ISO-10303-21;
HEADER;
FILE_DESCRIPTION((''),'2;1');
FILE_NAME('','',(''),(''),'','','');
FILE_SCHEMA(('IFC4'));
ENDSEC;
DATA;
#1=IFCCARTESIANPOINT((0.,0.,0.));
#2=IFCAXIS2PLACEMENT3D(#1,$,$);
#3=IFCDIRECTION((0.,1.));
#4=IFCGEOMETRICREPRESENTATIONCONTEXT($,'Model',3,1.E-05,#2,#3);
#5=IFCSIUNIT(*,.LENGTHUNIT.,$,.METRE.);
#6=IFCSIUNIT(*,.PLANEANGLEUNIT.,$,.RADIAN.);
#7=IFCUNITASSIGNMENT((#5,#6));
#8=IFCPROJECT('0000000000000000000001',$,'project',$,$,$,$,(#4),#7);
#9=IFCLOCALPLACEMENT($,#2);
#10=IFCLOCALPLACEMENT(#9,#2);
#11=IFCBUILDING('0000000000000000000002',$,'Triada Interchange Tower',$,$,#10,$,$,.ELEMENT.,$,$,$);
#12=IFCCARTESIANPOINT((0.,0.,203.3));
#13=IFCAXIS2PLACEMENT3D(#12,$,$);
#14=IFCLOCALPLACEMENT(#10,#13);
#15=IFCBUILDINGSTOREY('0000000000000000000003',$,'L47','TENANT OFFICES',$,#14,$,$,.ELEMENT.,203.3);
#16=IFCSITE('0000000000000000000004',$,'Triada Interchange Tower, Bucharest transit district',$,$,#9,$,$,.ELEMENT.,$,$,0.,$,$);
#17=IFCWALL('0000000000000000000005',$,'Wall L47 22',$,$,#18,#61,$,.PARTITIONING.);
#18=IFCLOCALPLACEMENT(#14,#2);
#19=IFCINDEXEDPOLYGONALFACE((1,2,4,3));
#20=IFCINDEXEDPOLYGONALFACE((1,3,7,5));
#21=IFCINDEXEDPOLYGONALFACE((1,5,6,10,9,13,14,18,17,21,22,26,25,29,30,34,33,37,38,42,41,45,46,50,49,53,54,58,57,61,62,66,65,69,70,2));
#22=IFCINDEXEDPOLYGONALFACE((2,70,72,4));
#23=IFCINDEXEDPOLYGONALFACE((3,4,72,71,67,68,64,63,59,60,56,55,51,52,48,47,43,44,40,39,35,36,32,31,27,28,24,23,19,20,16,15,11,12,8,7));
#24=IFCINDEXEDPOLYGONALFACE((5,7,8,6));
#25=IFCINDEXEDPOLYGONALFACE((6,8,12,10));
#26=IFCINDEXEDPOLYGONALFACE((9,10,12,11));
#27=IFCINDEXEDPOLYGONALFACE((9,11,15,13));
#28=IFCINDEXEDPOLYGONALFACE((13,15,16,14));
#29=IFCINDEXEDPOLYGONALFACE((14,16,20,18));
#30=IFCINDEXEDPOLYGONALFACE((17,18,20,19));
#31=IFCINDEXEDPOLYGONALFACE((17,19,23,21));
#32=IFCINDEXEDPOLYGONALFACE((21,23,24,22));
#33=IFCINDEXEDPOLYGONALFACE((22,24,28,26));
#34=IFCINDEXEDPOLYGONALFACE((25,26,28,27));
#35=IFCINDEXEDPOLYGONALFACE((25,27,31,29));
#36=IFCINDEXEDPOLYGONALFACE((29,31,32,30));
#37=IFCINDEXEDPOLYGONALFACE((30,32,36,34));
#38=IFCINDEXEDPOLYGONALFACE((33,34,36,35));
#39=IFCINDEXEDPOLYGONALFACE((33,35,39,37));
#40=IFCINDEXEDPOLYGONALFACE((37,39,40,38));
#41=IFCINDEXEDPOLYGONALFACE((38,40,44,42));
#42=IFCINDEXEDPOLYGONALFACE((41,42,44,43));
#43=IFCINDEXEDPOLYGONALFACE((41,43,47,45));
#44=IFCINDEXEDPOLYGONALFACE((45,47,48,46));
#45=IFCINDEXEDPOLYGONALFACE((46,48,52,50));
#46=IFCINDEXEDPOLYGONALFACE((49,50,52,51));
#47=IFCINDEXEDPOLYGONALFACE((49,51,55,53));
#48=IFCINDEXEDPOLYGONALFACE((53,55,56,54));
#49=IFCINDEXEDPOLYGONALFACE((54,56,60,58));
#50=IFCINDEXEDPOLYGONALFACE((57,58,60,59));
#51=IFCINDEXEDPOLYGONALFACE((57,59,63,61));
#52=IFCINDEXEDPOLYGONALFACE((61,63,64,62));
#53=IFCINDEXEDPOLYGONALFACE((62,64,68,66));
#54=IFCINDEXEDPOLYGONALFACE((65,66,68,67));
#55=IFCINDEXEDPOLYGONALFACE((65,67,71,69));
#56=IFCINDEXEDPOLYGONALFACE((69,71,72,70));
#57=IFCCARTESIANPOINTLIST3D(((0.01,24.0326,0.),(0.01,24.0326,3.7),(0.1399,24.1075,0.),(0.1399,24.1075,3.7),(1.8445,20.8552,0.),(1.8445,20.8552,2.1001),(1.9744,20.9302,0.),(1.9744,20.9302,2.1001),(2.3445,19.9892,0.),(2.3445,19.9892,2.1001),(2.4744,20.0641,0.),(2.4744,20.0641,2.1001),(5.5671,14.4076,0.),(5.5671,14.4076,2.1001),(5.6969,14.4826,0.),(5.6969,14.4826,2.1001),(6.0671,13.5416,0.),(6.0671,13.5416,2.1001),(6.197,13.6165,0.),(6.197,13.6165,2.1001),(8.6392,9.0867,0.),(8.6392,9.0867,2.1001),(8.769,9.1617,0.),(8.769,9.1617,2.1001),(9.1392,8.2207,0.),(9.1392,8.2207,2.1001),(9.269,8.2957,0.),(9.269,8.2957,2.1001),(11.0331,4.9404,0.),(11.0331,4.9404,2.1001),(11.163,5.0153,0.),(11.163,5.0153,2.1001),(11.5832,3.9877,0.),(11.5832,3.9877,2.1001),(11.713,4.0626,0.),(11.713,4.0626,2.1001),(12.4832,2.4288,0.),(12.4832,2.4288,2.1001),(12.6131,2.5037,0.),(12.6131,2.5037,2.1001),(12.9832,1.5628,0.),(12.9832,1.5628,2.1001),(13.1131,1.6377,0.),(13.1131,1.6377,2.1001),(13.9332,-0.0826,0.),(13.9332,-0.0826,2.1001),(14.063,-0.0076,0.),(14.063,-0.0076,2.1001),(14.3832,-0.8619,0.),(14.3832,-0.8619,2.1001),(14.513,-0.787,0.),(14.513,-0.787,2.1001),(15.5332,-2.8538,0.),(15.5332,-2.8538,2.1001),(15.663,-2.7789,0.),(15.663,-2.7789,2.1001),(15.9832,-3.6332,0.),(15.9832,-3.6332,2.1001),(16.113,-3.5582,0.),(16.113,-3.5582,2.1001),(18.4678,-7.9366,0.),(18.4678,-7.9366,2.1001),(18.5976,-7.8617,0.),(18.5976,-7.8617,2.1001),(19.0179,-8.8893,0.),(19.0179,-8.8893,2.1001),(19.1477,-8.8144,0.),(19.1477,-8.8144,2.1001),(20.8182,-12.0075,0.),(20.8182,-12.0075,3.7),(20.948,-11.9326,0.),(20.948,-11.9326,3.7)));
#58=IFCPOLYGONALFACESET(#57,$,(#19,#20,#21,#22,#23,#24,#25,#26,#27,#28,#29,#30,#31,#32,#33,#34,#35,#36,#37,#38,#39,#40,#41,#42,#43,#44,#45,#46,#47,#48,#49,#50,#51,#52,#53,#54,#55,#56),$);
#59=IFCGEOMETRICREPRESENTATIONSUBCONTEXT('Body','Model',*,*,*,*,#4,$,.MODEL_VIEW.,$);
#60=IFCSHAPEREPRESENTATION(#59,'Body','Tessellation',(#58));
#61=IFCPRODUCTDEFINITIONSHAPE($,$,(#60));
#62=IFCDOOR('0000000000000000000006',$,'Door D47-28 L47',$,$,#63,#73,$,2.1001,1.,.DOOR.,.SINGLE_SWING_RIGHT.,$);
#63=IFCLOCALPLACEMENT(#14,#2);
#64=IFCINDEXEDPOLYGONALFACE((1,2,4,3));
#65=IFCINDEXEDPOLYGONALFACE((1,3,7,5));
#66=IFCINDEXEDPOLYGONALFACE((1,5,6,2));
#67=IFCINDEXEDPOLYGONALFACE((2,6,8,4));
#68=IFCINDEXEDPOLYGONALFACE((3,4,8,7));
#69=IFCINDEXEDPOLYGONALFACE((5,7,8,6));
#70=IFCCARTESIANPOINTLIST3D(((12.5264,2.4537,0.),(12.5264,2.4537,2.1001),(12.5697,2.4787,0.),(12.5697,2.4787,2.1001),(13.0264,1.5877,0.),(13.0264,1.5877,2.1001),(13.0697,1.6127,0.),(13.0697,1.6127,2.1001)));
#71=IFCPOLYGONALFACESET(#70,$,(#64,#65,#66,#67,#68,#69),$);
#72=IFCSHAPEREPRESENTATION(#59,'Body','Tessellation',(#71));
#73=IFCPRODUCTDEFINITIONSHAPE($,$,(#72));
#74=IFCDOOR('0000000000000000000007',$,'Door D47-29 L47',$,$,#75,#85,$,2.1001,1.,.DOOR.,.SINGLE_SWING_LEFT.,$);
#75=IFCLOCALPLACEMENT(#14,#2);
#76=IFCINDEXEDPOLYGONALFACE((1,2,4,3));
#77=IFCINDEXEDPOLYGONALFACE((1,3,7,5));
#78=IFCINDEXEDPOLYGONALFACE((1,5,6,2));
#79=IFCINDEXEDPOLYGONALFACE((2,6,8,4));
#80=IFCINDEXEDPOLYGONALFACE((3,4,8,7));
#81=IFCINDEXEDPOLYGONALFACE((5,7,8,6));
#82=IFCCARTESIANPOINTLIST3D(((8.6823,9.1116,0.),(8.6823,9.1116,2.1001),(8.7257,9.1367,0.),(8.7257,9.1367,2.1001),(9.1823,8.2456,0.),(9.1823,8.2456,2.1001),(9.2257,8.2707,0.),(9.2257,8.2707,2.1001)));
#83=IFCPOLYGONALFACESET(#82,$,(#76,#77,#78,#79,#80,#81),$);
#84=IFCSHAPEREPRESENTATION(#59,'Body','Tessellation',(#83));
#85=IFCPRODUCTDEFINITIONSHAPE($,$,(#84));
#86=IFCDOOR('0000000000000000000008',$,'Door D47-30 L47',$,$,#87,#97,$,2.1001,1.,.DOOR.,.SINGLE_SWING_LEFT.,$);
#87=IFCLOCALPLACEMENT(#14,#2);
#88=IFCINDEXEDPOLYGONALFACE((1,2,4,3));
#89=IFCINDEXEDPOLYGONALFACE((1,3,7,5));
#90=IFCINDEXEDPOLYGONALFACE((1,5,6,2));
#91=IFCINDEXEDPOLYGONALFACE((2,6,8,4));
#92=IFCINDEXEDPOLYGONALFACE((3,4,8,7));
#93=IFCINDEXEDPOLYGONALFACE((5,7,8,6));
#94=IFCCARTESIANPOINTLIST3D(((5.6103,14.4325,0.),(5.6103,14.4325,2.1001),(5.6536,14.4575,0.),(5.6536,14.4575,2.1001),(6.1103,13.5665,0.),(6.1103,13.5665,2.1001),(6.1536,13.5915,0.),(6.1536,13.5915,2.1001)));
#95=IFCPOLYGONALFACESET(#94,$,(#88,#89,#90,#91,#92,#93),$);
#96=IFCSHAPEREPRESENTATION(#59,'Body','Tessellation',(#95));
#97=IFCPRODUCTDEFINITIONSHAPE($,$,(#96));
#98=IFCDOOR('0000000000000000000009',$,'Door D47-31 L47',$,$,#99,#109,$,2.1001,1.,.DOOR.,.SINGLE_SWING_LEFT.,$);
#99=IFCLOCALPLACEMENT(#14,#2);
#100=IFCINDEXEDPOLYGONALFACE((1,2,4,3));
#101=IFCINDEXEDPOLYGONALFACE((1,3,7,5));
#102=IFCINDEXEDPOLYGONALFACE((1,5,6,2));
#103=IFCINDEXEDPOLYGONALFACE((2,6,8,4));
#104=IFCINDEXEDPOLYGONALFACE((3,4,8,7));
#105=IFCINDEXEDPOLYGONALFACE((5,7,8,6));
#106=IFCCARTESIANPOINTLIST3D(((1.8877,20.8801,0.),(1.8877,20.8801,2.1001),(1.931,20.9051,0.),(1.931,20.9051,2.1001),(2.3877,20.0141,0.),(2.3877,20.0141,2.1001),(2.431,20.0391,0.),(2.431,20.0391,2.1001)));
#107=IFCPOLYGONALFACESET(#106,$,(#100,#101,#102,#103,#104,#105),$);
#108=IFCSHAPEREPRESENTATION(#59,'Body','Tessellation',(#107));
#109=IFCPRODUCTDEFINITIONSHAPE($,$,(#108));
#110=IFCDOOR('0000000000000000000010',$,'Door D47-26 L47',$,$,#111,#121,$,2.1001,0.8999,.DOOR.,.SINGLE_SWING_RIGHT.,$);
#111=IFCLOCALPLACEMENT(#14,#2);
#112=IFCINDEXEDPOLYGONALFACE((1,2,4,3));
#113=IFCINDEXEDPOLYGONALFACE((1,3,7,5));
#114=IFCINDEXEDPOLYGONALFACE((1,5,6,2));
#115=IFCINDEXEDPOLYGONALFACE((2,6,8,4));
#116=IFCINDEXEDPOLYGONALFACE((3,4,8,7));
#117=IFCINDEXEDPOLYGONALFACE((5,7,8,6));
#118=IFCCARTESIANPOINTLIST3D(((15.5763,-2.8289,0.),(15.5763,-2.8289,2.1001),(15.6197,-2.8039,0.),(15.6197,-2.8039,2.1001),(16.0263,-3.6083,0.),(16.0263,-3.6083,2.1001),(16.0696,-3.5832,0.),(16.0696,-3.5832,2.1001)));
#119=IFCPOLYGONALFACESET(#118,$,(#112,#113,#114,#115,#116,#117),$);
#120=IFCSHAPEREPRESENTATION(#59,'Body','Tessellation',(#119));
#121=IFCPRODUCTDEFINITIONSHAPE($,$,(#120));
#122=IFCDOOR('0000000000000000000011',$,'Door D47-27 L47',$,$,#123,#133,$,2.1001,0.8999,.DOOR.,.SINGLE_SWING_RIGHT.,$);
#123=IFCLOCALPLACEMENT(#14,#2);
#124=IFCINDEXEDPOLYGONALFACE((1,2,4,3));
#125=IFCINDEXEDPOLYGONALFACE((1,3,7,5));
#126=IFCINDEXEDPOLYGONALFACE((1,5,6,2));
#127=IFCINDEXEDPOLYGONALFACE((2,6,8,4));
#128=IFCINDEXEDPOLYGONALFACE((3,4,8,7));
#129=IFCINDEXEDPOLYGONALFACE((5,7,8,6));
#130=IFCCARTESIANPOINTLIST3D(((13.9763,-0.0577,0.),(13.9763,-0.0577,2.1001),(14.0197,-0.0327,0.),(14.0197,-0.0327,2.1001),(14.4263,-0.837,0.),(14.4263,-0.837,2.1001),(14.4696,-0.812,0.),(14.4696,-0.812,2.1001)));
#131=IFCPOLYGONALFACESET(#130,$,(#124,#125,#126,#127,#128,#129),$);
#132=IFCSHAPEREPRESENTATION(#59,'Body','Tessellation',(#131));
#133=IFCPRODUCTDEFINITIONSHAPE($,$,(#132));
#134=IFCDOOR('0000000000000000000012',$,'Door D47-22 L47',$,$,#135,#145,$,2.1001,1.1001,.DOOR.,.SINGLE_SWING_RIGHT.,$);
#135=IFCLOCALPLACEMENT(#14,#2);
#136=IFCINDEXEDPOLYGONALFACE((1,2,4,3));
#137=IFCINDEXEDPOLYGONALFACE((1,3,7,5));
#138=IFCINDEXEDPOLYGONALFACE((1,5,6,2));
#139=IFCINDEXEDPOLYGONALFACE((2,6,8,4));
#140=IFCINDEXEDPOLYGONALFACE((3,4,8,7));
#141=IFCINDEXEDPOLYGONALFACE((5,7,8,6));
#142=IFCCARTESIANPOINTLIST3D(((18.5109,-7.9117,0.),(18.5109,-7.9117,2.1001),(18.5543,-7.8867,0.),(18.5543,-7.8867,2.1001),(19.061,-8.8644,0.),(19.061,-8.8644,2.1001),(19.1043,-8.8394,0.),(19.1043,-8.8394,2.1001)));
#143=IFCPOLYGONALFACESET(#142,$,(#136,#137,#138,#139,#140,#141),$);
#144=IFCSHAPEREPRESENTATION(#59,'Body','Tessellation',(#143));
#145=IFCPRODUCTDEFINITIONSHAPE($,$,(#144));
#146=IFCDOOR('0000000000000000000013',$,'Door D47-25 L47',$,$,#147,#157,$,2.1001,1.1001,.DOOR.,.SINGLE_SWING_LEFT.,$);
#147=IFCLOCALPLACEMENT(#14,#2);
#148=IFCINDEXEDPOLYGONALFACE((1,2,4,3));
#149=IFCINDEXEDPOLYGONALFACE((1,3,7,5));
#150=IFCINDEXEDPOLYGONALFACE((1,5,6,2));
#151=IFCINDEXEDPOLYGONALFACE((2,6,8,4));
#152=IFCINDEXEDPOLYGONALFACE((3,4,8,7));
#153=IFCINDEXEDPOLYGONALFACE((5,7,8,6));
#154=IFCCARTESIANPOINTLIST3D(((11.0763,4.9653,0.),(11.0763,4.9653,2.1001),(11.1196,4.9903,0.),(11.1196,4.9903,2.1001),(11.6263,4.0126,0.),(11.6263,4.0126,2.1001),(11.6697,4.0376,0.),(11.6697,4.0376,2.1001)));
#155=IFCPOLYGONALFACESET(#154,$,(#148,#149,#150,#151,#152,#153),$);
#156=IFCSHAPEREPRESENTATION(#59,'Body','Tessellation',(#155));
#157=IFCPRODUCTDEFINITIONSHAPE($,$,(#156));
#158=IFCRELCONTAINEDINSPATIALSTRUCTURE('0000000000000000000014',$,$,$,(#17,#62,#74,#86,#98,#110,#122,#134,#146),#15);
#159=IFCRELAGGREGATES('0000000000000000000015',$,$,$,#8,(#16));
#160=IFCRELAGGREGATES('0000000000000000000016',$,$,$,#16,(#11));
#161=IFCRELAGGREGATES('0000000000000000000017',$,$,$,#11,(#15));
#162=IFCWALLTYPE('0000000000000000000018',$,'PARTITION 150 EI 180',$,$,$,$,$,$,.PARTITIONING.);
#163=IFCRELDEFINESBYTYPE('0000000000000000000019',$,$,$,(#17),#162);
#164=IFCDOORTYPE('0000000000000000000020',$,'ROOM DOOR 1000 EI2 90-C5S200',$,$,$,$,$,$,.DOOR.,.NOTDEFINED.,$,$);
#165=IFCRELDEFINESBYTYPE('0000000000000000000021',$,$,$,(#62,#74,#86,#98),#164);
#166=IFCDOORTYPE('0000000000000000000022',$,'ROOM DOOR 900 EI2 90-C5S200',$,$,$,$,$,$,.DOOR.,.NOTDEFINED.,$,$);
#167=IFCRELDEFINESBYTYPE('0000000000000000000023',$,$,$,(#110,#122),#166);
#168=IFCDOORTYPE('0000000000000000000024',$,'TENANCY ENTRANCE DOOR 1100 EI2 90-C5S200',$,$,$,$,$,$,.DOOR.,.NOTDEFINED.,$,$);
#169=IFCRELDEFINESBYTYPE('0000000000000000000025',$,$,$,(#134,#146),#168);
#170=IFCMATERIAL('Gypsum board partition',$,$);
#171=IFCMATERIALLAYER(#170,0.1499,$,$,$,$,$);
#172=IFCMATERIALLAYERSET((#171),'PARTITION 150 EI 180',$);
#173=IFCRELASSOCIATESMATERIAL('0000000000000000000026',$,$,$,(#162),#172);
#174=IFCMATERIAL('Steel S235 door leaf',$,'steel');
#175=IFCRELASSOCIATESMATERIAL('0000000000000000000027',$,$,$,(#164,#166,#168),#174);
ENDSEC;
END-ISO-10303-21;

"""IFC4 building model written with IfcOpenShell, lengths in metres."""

from ifc_helpers import new_model, si_unit, direction, frame, frame_2d, origin, place, context, subcontext, project, spatial, rectangle, extrude, material, layer, layer_set, type_object, element, fill, save


model = new_model("IFC4")

# Units and contexts
model_context = context("Model", 3, precision=1e-05, world=origin(), true_north=direction((0.0, 1.0)))
body_context = subcontext(model_context, "Body", "Model", "MODEL_VIEW")
ifc_project = project(units=[si_unit("LENGTHUNIT", "METRE"), si_unit("PLANEANGLEUNIT", "RADIAN")], contexts=[model_context])

# Site, building, storey
site_placement = place(None, origin())
site = spatial("IfcSite", under=ifc_project, at=site_placement, Name="Triada Interchange Tower, Bucharest transit district", CompositionType="ELEMENT", RefElevation=0.0)
building_placement = place(site_placement, origin())
building = spatial("IfcBuilding", under=site, at=building_placement, Name="Triada Interchange Tower", CompositionType="ELEMENT")
storey_placement = place(building_placement, frame((0.0, 0.0, 203.3)))
storey = spatial("IfcBuildingStorey", under=building, at=storey_placement, Name="L47", Description="TENANT OFFICES", CompositionType="ELEMENT", Elevation=203.3)

# Shared definitions
ifc_material_1 = material(Name="Gypsum board partition")
ifc_layer_1 = layer(ifc_material_1, 0.1499)
ifc_layer_set_1 = layer_set([ifc_layer_1], Name="PARTITION 150 EI 180")
wall_type_1 = type_object("IfcWallType", Name="PARTITION 150 EI 180", PredefinedType="PARTITIONING", material=ifc_layer_set_1)

# Wall, openings, doors
wall_1_placement = place(storey_placement, frame((0.075, 24.0701, 0.0), z_axis=(0.0, 0.0, 1.0), x_axis=(0.500007, -0.866021, 0.0)))
wall_1 = element("IfcWall", 1, at=wall_1_placement, inside=storey, type_object=wall_type_1, Name="Wall L47 22", PredefinedType="PARTITIONING", context=body_context, shape_type="SweptSolid", body=[
    extrude(rectangle(XDim=41.6157, YDim=0.1499, at=frame_2d((20.8079, 0.0))), origin(), (0.0, 0.0, 1.0), 3.7),
])
opening_1_placement = place(wall_1_placement, frame((36.915, 0.0, 0.0)))
opening_1 = element("IfcOpeningElement", 2, at=opening_1_placement, cuts=wall_1, PredefinedType="OPENING", context=body_context, shape_type="SweptSolid", body=[
    extrude(rectangle(XDim=1.1001, YDim=2.1001, at=frame_2d((0.55, 1.05))), frame((0.0, 0.085, 0.0), z_axis=(0.0, -1.0, 0.0), x_axis=(1.0, 0.0, 0.0)), (0.0, 0.0, 1.0), 0.1699),
])
opening_2_placement = place(wall_1_placement, frame((22.0459, 0.0, 0.0)))
opening_2 = element("IfcOpeningElement", 3, at=opening_2_placement, cuts=wall_1, PredefinedType="OPENING", context=body_context, shape_type="SweptSolid", body=[
    extrude(rectangle(XDim=1.1001, YDim=2.1001, at=frame_2d((0.55, 1.05))), frame((0.0, 0.085, 0.0), z_axis=(0.0, -1.0, 0.0), x_axis=(1.0, 0.0, 0.0)), (0.0, 0.0, 1.0), 0.1699),
])
opening_3_placement = place(wall_1_placement, frame((31.0459, 0.0, 0.0)))
opening_3 = element("IfcOpeningElement", 4, at=opening_3_placement, cuts=wall_1, PredefinedType="OPENING", context=body_context, shape_type="SweptSolid", body=[
    extrude(rectangle(XDim=0.8999, YDim=2.1001, at=frame_2d((0.45, 1.05))), frame((0.0, 0.085, 0.0), z_axis=(0.0, -1.0, 0.0), x_axis=(1.0, 0.0, 0.0)), (0.0, 0.0, 1.0), 0.1699),
])
opening_4_placement = place(wall_1_placement, frame((27.8459, 0.0, 0.0)))
opening_4 = element("IfcOpeningElement", 5, at=opening_4_placement, cuts=wall_1, PredefinedType="OPENING", context=body_context, shape_type="SweptSolid", body=[
    extrude(rectangle(XDim=0.8999, YDim=2.1001, at=frame_2d((0.45, 1.05))), frame((0.0, 0.085, 0.0), z_axis=(0.0, -1.0, 0.0), x_axis=(1.0, 0.0, 0.0)), (0.0, 0.0, 1.0), 0.1699),
])
opening_5_placement = place(wall_1_placement, frame((24.946, 0.0, 0.0)))
opening_5 = element("IfcOpeningElement", 6, at=opening_5_placement, cuts=wall_1, PredefinedType="OPENING", context=body_context, shape_type="SweptSolid", body=[
    extrude(rectangle(XDim=1.0, YDim=2.1001, at=frame_2d((0.5, 1.05))), frame((0.0, 0.085, 0.0), z_axis=(0.0, -1.0, 0.0), x_axis=(1.0, 0.0, 0.0)), (0.0, 0.0, 1.0), 0.1699),
])
opening_6_placement = place(wall_1_placement, frame((17.2581, 0.0, 0.0)))
opening_6 = element("IfcOpeningElement", 7, at=opening_6_placement, cuts=wall_1, PredefinedType="OPENING", context=body_context, shape_type="SweptSolid", body=[
    extrude(rectangle(XDim=1.0, YDim=2.1001, at=frame_2d((0.5, 1.05))), frame((0.0, 0.085, 0.0), z_axis=(0.0, -1.0, 0.0), x_axis=(1.0, 0.0, 0.0)), (0.0, 0.0, 1.0), 0.1699),
])
opening_7_placement = place(wall_1_placement, frame((11.114, 0.0, 0.0)))
opening_7 = element("IfcOpeningElement", 8, at=opening_7_placement, cuts=wall_1, PredefinedType="OPENING", context=body_context, shape_type="SweptSolid", body=[
    extrude(rectangle(XDim=1.0, YDim=2.1001, at=frame_2d((0.5, 1.05))), frame((0.0, 0.085, 0.0), z_axis=(0.0, -1.0, 0.0), x_axis=(1.0, 0.0, 0.0)), (0.0, 0.0, 1.0), 0.1699),
])
opening_8_placement = place(wall_1_placement, frame((3.6689, 0.0, 0.0)))
opening_8 = element("IfcOpeningElement", 9, at=opening_8_placement, cuts=wall_1, PredefinedType="OPENING", context=body_context, shape_type="SweptSolid", body=[
    extrude(rectangle(XDim=1.0, YDim=2.1001, at=frame_2d((0.5, 1.05))), frame((0.0, 0.085, 0.0), z_axis=(0.0, -1.0, 0.0), x_axis=(1.0, 0.0, 0.0)), (0.0, 0.0, 1.0), 0.1699),
])
ifc_material_2 = material(Name="Steel S235 door leaf", Category="steel")
door_type_1 = type_object("IfcDoorType", Name="ROOM DOOR 1000 EI2 90-C5S200", OperationType="NOTDEFINED", PredefinedType="DOOR", material=ifc_material_2)
door_1_placement = place(opening_5_placement, origin())
door_1 = element("IfcDoor", 10, at=door_1_placement, inside=storey, type_object=door_type_1, Name="Door D47-28 L47", OperationType="SINGLE_SWING_RIGHT", OverallHeight=2.1001, OverallWidth=1.0, PredefinedType="DOOR", context=body_context, shape_type="SweptSolid", body=[
    extrude(rectangle(XDim=1.0, YDim=2.1001, at=frame_2d((0.5, 1.05))), frame((0.0, 0.0249, 0.0), z_axis=(0.0, -1.0, 0.0), x_axis=(1.0, 0.0, 0.0)), (0.0, 0.0, 1.0), 0.05),
])
fill(opening_5, door_1)
door_2_placement = place(opening_6_placement, origin())
door_2 = element("IfcDoor", 11, at=door_2_placement, inside=storey, type_object=door_type_1, Name="Door D47-29 L47", OperationType="SINGLE_SWING_LEFT", OverallHeight=2.1001, OverallWidth=1.0, PredefinedType="DOOR", context=body_context, shape_type="SweptSolid", body=[
    extrude(rectangle(XDim=1.0, YDim=2.1001, at=frame_2d((0.5, 1.05))), frame((0.0, 0.0249, 0.0), z_axis=(0.0, -1.0, 0.0), x_axis=(1.0, 0.0, 0.0)), (0.0, 0.0, 1.0), 0.05),
])
fill(opening_6, door_2)
door_3_placement = place(opening_7_placement, origin())
door_3 = element("IfcDoor", 12, at=door_3_placement, inside=storey, type_object=door_type_1, Name="Door D47-30 L47", OperationType="SINGLE_SWING_LEFT", OverallHeight=2.1001, OverallWidth=1.0, PredefinedType="DOOR", context=body_context, shape_type="SweptSolid", body=[
    extrude(rectangle(XDim=1.0, YDim=2.1001, at=frame_2d((0.5, 1.05))), frame((0.0, 0.0249, 0.0), z_axis=(0.0, -1.0, 0.0), x_axis=(1.0, 0.0, 0.0)), (0.0, 0.0, 1.0), 0.05),
])
fill(opening_7, door_3)
door_4_placement = place(opening_8_placement, origin())
door_4 = element("IfcDoor", 13, at=door_4_placement, inside=storey, type_object=door_type_1, Name="Door D47-31 L47", OperationType="SINGLE_SWING_LEFT", OverallHeight=2.1001, OverallWidth=1.0, PredefinedType="DOOR", context=body_context, shape_type="SweptSolid", body=[
    extrude(rectangle(XDim=1.0, YDim=2.1001, at=frame_2d((0.5, 1.05))), frame((0.0, 0.0249, 0.0), z_axis=(0.0, -1.0, 0.0), x_axis=(1.0, 0.0, 0.0)), (0.0, 0.0, 1.0), 0.05),
])
fill(opening_8, door_4)
door_type_2 = type_object("IfcDoorType", Name="ROOM DOOR 900 EI2 90-C5S200", OperationType="NOTDEFINED", PredefinedType="DOOR", material=ifc_material_2)
door_5_placement = place(opening_3_placement, origin())
door_5 = element("IfcDoor", 14, at=door_5_placement, inside=storey, type_object=door_type_2, Name="Door D47-26 L47", OperationType="SINGLE_SWING_RIGHT", OverallHeight=2.1001, OverallWidth=0.8999, PredefinedType="DOOR", context=body_context, shape_type="SweptSolid", body=[
    extrude(rectangle(XDim=0.8999, YDim=2.1001, at=frame_2d((0.45, 1.05))), frame((0.0, 0.0249, 0.0), z_axis=(0.0, -1.0, 0.0), x_axis=(1.0, 0.0, 0.0)), (0.0, 0.0, 1.0), 0.05),
])
fill(opening_3, door_5)
door_6_placement = place(opening_4_placement, origin())
door_6 = element("IfcDoor", 15, at=door_6_placement, inside=storey, type_object=door_type_2, Name="Door D47-27 L47", OperationType="SINGLE_SWING_RIGHT", OverallHeight=2.1001, OverallWidth=0.8999, PredefinedType="DOOR", context=body_context, shape_type="SweptSolid", body=[
    extrude(rectangle(XDim=0.8999, YDim=2.1001, at=frame_2d((0.45, 1.05))), frame((0.0, 0.0249, 0.0), z_axis=(0.0, -1.0, 0.0), x_axis=(1.0, 0.0, 0.0)), (0.0, 0.0, 1.0), 0.05),
])
fill(opening_4, door_6)
door_type_3 = type_object("IfcDoorType", Name="TENANCY ENTRANCE DOOR 1100 EI2 90-C5S200", OperationType="NOTDEFINED", PredefinedType="DOOR", material=ifc_material_2)
door_7_placement = place(opening_1_placement, origin())
door_7 = element("IfcDoor", 16, at=door_7_placement, inside=storey, type_object=door_type_3, Name="Door D47-22 L47", OperationType="SINGLE_SWING_RIGHT", OverallHeight=2.1001, OverallWidth=1.1001, PredefinedType="DOOR", context=body_context, shape_type="SweptSolid", body=[
    extrude(rectangle(XDim=1.1001, YDim=2.1001, at=frame_2d((0.55, 1.05))), frame((0.0, 0.0249, 0.0), z_axis=(0.0, -1.0, 0.0), x_axis=(1.0, 0.0, 0.0)), (0.0, 0.0, 1.0), 0.05),
])
fill(opening_1, door_7)
door_8_placement = place(opening_2_placement, origin())
door_8 = element("IfcDoor", 17, at=door_8_placement, inside=storey, type_object=door_type_3, Name="Door D47-25 L47", OperationType="SINGLE_SWING_LEFT", OverallHeight=2.1001, OverallWidth=1.1001, PredefinedType="DOOR", context=body_context, shape_type="SweptSolid", body=[
    extrude(rectangle(XDim=1.1001, YDim=2.1001, at=frame_2d((0.55, 1.05))), frame((0.0, 0.0249, 0.0), z_axis=(0.0, -1.0, 0.0), x_axis=(1.0, 0.0, 0.0)), (0.0, 0.0, 1.0), 0.05),
])
fill(opening_2, door_8)

save(model, "model.ifc")
